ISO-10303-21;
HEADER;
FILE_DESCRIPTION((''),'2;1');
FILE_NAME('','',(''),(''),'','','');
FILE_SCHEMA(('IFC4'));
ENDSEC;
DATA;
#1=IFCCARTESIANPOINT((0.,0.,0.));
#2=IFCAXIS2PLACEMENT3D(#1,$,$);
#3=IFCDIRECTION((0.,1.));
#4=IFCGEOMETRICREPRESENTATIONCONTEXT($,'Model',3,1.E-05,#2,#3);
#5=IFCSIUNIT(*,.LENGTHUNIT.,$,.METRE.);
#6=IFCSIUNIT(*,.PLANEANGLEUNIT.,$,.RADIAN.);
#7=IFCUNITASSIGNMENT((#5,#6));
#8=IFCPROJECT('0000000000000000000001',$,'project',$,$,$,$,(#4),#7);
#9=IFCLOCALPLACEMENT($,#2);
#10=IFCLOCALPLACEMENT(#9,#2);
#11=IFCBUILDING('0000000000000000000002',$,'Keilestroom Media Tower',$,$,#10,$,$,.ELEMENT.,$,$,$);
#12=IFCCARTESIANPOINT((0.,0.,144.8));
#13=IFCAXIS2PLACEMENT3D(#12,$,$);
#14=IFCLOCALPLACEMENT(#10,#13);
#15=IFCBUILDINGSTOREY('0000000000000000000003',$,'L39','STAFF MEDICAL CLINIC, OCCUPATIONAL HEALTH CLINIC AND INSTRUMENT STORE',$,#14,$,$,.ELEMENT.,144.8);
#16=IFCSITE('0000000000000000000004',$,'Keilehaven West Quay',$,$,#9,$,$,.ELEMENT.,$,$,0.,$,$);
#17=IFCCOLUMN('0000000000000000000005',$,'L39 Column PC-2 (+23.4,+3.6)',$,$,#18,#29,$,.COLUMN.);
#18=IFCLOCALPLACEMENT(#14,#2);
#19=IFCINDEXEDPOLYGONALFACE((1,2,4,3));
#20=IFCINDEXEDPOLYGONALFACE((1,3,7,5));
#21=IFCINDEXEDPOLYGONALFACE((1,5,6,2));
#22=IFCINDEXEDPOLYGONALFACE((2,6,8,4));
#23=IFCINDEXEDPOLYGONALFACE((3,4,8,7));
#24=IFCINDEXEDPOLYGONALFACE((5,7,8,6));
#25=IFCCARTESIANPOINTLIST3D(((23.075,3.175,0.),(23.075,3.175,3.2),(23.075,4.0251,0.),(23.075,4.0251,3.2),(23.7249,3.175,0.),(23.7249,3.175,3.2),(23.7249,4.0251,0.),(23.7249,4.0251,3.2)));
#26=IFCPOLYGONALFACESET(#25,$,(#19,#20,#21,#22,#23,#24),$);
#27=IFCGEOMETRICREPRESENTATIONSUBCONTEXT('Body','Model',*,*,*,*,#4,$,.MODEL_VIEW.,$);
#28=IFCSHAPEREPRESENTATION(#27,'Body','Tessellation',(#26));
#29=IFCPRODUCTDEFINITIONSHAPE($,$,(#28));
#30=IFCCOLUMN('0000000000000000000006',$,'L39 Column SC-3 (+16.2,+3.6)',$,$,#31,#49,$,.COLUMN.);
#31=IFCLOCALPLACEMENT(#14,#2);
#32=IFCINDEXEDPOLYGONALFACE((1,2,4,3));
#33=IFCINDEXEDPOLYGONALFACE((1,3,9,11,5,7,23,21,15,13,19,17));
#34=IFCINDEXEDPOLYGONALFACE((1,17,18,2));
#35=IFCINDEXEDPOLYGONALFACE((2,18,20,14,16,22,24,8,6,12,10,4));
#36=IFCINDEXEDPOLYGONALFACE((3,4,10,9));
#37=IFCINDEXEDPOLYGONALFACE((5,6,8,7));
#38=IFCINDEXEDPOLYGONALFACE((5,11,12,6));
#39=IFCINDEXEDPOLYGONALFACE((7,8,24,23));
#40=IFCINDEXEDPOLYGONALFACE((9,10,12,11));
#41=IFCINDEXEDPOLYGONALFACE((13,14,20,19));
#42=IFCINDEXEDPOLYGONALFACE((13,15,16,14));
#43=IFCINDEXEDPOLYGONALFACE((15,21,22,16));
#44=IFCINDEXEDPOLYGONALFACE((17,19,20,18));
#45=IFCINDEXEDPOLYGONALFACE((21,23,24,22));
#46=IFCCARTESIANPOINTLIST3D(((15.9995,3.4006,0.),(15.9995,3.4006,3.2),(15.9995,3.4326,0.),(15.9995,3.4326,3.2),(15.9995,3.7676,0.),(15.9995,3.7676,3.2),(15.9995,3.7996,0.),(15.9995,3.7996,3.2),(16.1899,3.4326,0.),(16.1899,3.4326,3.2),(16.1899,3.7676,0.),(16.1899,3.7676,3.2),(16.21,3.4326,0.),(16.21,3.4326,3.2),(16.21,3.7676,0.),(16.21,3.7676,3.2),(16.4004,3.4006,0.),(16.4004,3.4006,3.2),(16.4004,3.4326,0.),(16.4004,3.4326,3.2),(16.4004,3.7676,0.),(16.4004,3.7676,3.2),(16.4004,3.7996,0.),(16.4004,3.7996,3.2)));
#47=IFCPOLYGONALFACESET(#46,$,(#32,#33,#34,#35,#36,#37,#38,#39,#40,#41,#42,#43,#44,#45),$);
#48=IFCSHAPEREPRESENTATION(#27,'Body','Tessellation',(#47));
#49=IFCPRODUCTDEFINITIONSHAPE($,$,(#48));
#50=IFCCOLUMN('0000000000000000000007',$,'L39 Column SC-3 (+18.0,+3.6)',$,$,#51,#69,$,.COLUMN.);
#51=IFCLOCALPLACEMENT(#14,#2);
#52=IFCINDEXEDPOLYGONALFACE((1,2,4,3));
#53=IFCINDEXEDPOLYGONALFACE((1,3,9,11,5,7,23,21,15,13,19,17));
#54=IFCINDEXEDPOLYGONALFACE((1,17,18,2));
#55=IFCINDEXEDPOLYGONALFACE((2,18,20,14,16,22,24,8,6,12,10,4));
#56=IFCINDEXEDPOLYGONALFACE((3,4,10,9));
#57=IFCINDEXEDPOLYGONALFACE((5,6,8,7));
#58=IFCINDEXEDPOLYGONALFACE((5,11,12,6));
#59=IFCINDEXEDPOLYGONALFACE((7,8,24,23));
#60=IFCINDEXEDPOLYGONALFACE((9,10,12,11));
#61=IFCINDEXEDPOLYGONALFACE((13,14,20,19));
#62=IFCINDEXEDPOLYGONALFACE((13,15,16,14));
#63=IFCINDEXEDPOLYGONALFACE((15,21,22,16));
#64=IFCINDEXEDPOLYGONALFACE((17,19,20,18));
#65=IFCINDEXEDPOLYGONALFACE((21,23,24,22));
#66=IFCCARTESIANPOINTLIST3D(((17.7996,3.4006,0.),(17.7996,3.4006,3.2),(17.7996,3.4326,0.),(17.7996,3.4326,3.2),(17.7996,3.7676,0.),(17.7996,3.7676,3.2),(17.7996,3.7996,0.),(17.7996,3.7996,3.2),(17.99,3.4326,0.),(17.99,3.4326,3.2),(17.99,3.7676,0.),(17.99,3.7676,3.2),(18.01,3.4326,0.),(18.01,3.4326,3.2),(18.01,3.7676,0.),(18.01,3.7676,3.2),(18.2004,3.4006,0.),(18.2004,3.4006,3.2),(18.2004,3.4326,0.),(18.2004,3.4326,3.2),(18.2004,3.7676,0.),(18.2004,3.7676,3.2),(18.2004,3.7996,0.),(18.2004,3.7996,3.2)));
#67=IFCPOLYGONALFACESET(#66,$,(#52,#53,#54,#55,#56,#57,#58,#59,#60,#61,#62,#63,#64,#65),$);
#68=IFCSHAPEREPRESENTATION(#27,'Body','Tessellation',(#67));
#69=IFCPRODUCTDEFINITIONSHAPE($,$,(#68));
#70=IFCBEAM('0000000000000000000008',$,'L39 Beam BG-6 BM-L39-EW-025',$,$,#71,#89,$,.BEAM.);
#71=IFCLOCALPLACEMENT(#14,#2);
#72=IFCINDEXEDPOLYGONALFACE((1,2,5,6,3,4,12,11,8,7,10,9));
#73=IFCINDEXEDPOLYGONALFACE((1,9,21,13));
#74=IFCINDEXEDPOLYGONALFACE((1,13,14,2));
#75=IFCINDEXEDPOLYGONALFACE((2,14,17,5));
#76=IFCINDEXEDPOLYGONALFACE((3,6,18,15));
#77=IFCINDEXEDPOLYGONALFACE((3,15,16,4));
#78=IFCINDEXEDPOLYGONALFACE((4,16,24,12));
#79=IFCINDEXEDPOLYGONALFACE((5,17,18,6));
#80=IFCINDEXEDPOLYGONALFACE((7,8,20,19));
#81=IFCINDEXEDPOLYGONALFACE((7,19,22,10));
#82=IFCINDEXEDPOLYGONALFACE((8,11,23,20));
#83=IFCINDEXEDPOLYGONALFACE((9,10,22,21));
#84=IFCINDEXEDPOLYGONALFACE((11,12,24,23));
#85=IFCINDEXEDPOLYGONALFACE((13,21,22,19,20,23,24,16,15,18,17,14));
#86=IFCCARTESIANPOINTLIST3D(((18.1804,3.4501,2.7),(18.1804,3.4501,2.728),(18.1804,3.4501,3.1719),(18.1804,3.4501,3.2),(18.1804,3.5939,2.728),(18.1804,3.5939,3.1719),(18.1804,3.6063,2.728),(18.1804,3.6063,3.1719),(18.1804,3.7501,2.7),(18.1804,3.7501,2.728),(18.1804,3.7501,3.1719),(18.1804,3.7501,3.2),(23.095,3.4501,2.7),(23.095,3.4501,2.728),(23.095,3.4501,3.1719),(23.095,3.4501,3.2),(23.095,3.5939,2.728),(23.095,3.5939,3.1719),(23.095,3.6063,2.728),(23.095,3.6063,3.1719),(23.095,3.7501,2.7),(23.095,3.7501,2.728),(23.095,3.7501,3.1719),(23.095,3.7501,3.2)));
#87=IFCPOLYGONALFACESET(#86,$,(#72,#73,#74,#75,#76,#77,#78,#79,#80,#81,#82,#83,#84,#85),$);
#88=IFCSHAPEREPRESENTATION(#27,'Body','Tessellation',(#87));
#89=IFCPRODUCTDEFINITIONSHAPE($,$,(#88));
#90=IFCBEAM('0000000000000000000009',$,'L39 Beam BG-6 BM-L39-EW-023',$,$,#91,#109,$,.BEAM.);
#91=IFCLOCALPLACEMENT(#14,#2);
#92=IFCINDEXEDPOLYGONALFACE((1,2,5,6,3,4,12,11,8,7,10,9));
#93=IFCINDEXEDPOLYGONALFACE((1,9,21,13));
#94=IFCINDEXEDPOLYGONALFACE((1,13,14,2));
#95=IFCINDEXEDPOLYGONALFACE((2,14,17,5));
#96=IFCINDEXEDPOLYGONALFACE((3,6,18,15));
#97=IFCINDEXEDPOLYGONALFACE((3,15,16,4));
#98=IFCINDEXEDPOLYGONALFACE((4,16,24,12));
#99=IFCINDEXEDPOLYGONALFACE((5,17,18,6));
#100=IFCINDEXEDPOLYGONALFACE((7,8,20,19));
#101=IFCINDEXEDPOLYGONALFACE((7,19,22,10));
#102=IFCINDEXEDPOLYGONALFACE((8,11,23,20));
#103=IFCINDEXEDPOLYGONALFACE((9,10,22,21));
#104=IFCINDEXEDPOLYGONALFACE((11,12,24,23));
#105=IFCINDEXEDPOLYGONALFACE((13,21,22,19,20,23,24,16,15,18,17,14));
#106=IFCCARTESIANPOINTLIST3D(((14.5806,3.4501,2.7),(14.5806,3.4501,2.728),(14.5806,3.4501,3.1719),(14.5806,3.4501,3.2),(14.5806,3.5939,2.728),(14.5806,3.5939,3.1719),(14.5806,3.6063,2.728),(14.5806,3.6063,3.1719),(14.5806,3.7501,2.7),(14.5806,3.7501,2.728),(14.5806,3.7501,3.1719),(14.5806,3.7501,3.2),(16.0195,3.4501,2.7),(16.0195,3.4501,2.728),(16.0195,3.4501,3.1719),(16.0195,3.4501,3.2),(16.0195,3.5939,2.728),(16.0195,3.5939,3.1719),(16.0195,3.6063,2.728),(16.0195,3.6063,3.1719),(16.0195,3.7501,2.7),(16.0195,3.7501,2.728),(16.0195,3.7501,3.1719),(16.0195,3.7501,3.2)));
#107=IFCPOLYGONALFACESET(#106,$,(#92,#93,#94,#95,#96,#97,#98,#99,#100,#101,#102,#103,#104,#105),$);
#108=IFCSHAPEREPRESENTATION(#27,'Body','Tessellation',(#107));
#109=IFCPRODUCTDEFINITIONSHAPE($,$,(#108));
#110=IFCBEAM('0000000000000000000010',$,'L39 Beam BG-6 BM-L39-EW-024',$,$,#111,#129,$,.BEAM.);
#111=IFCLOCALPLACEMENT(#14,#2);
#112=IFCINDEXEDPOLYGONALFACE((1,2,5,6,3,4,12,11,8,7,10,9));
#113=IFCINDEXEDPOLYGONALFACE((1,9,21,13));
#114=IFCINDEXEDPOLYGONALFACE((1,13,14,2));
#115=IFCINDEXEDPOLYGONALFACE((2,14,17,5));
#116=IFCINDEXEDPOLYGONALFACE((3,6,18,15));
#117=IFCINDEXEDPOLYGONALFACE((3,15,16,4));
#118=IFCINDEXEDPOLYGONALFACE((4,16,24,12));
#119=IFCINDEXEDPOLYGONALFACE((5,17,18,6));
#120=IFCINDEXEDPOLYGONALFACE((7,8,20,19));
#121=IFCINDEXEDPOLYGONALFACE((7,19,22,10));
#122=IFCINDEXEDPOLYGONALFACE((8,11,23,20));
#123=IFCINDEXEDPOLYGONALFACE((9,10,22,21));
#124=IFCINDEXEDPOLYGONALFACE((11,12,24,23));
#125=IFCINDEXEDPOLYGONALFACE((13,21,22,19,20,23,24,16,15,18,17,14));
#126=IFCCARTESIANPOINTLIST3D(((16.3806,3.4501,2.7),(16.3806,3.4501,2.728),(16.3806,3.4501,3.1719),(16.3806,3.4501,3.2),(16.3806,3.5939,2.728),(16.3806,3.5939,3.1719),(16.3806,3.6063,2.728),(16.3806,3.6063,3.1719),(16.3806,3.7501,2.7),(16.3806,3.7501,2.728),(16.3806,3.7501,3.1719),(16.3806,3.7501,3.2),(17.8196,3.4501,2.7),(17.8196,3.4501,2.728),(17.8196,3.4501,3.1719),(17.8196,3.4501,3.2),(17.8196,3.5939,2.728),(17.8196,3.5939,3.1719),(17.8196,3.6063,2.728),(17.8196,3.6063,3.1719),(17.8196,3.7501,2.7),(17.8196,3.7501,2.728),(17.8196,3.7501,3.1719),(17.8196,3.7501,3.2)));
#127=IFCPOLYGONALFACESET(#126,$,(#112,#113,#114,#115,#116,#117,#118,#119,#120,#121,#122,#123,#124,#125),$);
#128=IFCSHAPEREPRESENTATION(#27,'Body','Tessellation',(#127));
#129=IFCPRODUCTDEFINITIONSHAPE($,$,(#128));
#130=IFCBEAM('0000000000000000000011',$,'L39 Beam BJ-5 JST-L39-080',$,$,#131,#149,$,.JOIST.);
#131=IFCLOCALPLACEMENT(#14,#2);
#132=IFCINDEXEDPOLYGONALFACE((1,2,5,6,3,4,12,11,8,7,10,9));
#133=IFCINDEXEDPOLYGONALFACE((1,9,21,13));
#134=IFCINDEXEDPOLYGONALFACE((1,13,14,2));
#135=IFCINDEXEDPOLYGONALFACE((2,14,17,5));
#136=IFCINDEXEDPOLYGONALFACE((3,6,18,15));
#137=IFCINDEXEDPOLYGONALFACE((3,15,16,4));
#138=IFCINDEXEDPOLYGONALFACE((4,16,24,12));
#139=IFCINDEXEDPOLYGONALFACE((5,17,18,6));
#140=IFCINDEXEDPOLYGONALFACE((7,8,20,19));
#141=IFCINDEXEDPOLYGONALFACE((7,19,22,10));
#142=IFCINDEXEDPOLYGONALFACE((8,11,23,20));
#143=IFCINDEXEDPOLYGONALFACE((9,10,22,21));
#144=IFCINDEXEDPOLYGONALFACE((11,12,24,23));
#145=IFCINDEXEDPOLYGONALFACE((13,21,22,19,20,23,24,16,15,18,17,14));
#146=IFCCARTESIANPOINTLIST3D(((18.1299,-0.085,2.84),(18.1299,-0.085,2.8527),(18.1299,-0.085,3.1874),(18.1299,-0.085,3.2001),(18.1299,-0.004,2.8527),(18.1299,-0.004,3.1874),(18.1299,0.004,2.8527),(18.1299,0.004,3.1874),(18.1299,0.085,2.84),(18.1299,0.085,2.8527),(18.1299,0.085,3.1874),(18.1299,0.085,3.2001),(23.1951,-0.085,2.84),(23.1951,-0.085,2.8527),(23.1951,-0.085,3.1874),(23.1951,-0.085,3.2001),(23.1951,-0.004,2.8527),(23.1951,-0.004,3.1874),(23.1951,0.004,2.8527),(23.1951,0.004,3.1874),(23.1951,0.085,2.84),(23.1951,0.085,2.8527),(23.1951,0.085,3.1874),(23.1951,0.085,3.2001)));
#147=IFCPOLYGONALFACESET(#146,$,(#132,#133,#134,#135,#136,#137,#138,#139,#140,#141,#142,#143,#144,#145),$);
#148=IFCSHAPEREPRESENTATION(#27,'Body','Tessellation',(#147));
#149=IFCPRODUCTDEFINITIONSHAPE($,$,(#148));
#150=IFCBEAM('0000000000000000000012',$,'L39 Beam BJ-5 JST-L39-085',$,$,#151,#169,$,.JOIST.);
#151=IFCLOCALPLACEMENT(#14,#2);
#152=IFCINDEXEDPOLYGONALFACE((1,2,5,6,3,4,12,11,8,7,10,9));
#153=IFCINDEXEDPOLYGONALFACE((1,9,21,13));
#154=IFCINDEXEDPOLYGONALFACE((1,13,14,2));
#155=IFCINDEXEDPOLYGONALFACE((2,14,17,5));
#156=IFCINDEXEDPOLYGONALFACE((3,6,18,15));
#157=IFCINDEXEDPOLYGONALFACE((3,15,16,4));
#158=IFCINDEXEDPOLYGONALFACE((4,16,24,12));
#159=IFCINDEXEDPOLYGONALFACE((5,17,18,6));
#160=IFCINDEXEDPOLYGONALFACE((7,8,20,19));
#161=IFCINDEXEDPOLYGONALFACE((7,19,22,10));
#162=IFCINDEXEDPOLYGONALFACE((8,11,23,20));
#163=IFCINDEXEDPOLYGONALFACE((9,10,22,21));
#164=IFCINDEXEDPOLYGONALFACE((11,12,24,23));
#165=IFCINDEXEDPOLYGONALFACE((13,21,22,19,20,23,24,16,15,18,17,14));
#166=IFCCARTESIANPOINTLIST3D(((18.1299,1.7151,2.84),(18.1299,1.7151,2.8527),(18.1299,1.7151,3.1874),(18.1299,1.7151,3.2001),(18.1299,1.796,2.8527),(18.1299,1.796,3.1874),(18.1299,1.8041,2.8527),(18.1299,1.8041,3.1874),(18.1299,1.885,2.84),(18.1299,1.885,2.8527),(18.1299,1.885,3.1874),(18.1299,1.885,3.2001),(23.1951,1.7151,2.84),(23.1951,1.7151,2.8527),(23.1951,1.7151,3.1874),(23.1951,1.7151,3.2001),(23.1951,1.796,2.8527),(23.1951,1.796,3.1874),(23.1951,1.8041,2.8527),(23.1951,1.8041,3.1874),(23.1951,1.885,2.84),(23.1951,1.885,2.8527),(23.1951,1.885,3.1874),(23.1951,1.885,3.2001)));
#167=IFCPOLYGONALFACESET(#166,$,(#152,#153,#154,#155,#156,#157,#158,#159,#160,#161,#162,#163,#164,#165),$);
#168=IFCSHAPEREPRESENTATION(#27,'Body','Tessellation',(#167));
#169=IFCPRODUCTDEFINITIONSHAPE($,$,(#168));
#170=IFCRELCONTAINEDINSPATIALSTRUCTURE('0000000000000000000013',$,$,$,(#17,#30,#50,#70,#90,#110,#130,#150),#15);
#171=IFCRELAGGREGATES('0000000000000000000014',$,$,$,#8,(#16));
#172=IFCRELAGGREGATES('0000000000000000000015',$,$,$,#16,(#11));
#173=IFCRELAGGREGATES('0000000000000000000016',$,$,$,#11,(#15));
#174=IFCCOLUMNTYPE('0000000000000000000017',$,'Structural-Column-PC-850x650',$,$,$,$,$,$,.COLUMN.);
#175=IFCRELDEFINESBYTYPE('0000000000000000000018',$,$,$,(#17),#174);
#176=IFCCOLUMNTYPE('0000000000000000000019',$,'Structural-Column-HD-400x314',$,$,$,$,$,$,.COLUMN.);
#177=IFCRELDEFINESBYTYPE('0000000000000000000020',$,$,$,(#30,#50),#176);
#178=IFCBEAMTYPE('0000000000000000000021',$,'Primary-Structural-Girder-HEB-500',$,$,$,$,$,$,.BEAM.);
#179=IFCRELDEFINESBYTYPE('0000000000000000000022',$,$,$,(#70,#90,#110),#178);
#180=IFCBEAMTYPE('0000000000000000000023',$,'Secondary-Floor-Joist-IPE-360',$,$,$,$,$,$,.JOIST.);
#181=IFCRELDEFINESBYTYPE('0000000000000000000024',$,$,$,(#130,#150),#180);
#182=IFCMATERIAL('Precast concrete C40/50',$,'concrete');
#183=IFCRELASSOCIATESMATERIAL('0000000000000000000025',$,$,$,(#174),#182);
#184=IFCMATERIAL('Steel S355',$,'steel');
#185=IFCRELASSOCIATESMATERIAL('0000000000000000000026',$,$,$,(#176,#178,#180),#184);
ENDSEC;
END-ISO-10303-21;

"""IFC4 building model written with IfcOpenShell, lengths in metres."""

from ifc_helpers import new_model, si_unit, direction, frame, origin, origin_2d, place, context, subcontext, project, spatial, rectangle, i_section, extrude, source, transform, mapped, material, material_profile, profile_set, type_object, element, save


model = new_model("IFC4")

# Units and contexts
model_context = context("Model", 3, precision=1e-05, world=origin(), true_north=direction((0.0, 1.0)))
body_context = subcontext(model_context, "Body", "Model", "MODEL_VIEW")
ifc_project = project(units=[si_unit("LENGTHUNIT", "METRE"), si_unit("PLANEANGLEUNIT", "RADIAN")], contexts=[model_context])

# Site, building, storey
site_placement = place(None, origin())
site = spatial("IfcSite", under=ifc_project, at=site_placement, Name="Keilehaven West Quay", CompositionType="ELEMENT", RefElevation=0.0)
building_placement = place(site_placement, origin())
building = spatial("IfcBuilding", under=site, at=building_placement, Name="Keilestroom Media Tower", CompositionType="ELEMENT")
storey_placement = place(building_placement, frame((0.0, 0.0, 144.8)))
storey = spatial("IfcBuildingStorey", under=building, at=storey_placement, Name="L39", Description="STAFF MEDICAL CLINIC, OCCUPATIONAL HEALTH CLINIC AND INSTRUMENT STORE", CompositionType="ELEMENT", Elevation=144.8)

# Columns
ifc_material_1 = material(Name="Precast concrete C40/50", Category="concrete")
ifc_material_profile_1 = material_profile(ifc_material_1, rectangle(XDim=0.6499, YDim=0.8501, at=origin_2d()), Name="PC 850x650")
ifc_profile_set_1 = profile_set([ifc_material_profile_1], Name="Precast concrete C40/50")
column_type_1 = type_object("IfcColumnType", Name="Structural-Column-PC-850x650", PredefinedType="COLUMN", material=ifc_profile_set_1)
shared_shape_1 = source(origin(), body_context, "Body", "SweptSolid", [
    extrude(rectangle(XDim=0.6499, YDim=0.8501, at=origin_2d()), origin(), (0.0, 0.0, 1.0), 3.2),
])
column_placement = place(storey_placement, frame((23.3999, 3.6001, 0.0), z_axis=(0.0, 0.0, 1.0), x_axis=(1.0, 0.0, 0.0)))
element("IfcColumn", 1, at=column_placement, inside=storey, type_object=column_type_1, Name="L39 Column PC-2 (+23.4,+3.6)", PredefinedType="COLUMN", context=body_context, shape_type="MappedRepresentation", body=[
    mapped(shared_shape_1, transform((0.0, 0.0, 0.0), x_axis=(1.0, 0.0, 0.0), y_axis=(0.0, 1.0, 0.0), z_axis=(0.0, 0.0, 1.0), scale=1.0)),
])
ifc_material_2 = material(Name="Steel S355", Category="steel")
ifc_material_profile_2 = material_profile(ifc_material_2, i_section(OverallWidth=0.4009, OverallDepth=0.3989, WebThickness=0.02, FlangeThickness=0.032, at=origin_2d()), Name="HD 400x314")
ifc_profile_set_2 = profile_set([ifc_material_profile_2], Name="Steel S355")
column_type_2 = type_object("IfcColumnType", Name="Structural-Column-HD-400x314", PredefinedType="COLUMN", material=ifc_profile_set_2)
shared_shape_2 = source(origin(), body_context, "Body", "SweptSolid", [
    extrude(i_section(OverallWidth=0.4009, OverallDepth=0.3989, WebThickness=0.02, FlangeThickness=0.032, at=origin_2d()), origin(), (0.0, 0.0, 1.0), 3.2),
])
for number, where, z_axis, x_axis, name in (
    (2, (16.2, 3.6001, 0.0), (0.0, 0.0, 1.0), (1.0, 0.0, 0.0), "L39 Column SC-3 (+16.2,+3.6)"),
    (3, (18.0, 3.6001, 0.0), (0.0, 0.0, 1.0), (1.0, 0.0, 0.0), "L39 Column SC-3 (+18.0,+3.6)"),
):
    element("IfcColumn", number, at=place(storey_placement, frame(where, z_axis=z_axis, x_axis=x_axis)), inside=storey, type_object=column_type_2, Name=name, PredefinedType="COLUMN", context=body_context, shape_type="MappedRepresentation", body=[
        mapped(shared_shape_2, transform((0.0, 0.0, 0.0), x_axis=(1.0, 0.0, 0.0), y_axis=(0.0, 1.0, 0.0), z_axis=(0.0, 0.0, 1.0), scale=1.0)),
    ])

# Beams
ifc_material_profile_3 = material_profile(ifc_material_2, i_section(OverallWidth=0.3, OverallDepth=0.5, WebThickness=0.0125, FlangeThickness=0.0281, at=origin_2d()), Name="HEB 500")
ifc_profile_set_3 = profile_set([ifc_material_profile_3], Name="Steel S355")
beam_type_1 = type_object("IfcBeamType", Name="Primary-Structural-Girder-HEB-500", PredefinedType="BEAM", material=ifc_profile_set_3)
shared_shape_3 = source(origin(), body_context, "Body", "SweptSolid", [
    extrude(i_section(OverallWidth=0.3, OverallDepth=0.5, WebThickness=0.0125, FlangeThickness=0.0281, at=origin_2d()), origin(), (0.0, 0.0, 1.0), 4.9146),
])
beam_placement = place(storey_placement, frame((18.1804, 3.6001, 2.95), z_axis=(1.0, 0.0, 0.0), x_axis=(0.0, 1.0, 0.0)))
element("IfcBeam", 4, at=beam_placement, inside=storey, type_object=beam_type_1, Name="L39 Beam BG-6 BM-L39-EW-025", PredefinedType="BEAM", context=body_context, shape_type="MappedRepresentation", body=[
    mapped(shared_shape_3, transform((0.0, 0.0, 0.0), x_axis=(1.0, 0.0, 0.0), y_axis=(0.0, 1.0, 0.0), z_axis=(0.0, 0.0, 1.0), scale=1.0)),
])
shared_shape_4 = source(origin(), body_context, "Body", "SweptSolid", [
    extrude(i_section(OverallWidth=0.3, OverallDepth=0.5, WebThickness=0.0125, FlangeThickness=0.0281, at=origin_2d()), origin(), (0.0, 0.0, 1.0), 1.439),
])
for number, where, z_axis, x_axis, name in (
    (5, (14.5806, 3.6001, 2.95), (1.0, 0.0, 0.0), (0.0, 1.0, 0.0), "L39 Beam BG-6 BM-L39-EW-023"),
    (6, (16.3806, 3.6001, 2.95), (1.0, 0.0, 0.0), (0.0, 1.0, 0.0), "L39 Beam BG-6 BM-L39-EW-024"),
):
    element("IfcBeam", number, at=place(storey_placement, frame(where, z_axis=z_axis, x_axis=x_axis)), inside=storey, type_object=beam_type_1, Name=name, PredefinedType="BEAM", context=body_context, shape_type="MappedRepresentation", body=[
        mapped(shared_shape_4, transform((0.0, 0.0, 0.0), x_axis=(1.0, 0.0, 0.0), y_axis=(0.0, 1.0, 0.0), z_axis=(0.0, 0.0, 1.0), scale=1.0)),
    ])
ifc_material_profile_4 = material_profile(ifc_material_2, i_section(OverallWidth=0.1699, OverallDepth=0.3601, WebThickness=0.0081, FlangeThickness=0.0127, at=origin_2d()), Name="IPE 360")
ifc_profile_set_4 = profile_set([ifc_material_profile_4], Name="Steel S355")
beam_type_2 = type_object("IfcBeamType", Name="Secondary-Floor-Joist-IPE-360", PredefinedType="JOIST", material=ifc_profile_set_4)
shared_shape_5 = source(origin(), body_context, "Body", "SweptSolid", [
    extrude(i_section(OverallWidth=0.1699, OverallDepth=0.3601, WebThickness=0.0081, FlangeThickness=0.0127, at=origin_2d()), origin(), (0.0, 0.0, 1.0), 5.0652),
])
for number, where, z_axis, x_axis, name in (
    (7, (18.1299, 0.0, 3.02), (1.0, 0.0, 0.0), (0.0, 1.0, 0.0), "L39 Beam BJ-5 JST-L39-080"),
    (8, (18.1299, 1.8, 3.02), (1.0, 0.0, 0.0), (0.0, 1.0, 0.0), "L39 Beam BJ-5 JST-L39-085"),
):
    element("IfcBeam", number, at=place(storey_placement, frame(where, z_axis=z_axis, x_axis=x_axis)), inside=storey, type_object=beam_type_2, Name=name, PredefinedType="JOIST", context=body_context, shape_type="MappedRepresentation", body=[
        mapped(shared_shape_5, transform((0.0, 0.0, 0.0), x_axis=(1.0, 0.0, 0.0), y_axis=(0.0, 1.0, 0.0), z_axis=(0.0, 0.0, 1.0), scale=1.0)),
    ])

save(model, "model.ifc")
